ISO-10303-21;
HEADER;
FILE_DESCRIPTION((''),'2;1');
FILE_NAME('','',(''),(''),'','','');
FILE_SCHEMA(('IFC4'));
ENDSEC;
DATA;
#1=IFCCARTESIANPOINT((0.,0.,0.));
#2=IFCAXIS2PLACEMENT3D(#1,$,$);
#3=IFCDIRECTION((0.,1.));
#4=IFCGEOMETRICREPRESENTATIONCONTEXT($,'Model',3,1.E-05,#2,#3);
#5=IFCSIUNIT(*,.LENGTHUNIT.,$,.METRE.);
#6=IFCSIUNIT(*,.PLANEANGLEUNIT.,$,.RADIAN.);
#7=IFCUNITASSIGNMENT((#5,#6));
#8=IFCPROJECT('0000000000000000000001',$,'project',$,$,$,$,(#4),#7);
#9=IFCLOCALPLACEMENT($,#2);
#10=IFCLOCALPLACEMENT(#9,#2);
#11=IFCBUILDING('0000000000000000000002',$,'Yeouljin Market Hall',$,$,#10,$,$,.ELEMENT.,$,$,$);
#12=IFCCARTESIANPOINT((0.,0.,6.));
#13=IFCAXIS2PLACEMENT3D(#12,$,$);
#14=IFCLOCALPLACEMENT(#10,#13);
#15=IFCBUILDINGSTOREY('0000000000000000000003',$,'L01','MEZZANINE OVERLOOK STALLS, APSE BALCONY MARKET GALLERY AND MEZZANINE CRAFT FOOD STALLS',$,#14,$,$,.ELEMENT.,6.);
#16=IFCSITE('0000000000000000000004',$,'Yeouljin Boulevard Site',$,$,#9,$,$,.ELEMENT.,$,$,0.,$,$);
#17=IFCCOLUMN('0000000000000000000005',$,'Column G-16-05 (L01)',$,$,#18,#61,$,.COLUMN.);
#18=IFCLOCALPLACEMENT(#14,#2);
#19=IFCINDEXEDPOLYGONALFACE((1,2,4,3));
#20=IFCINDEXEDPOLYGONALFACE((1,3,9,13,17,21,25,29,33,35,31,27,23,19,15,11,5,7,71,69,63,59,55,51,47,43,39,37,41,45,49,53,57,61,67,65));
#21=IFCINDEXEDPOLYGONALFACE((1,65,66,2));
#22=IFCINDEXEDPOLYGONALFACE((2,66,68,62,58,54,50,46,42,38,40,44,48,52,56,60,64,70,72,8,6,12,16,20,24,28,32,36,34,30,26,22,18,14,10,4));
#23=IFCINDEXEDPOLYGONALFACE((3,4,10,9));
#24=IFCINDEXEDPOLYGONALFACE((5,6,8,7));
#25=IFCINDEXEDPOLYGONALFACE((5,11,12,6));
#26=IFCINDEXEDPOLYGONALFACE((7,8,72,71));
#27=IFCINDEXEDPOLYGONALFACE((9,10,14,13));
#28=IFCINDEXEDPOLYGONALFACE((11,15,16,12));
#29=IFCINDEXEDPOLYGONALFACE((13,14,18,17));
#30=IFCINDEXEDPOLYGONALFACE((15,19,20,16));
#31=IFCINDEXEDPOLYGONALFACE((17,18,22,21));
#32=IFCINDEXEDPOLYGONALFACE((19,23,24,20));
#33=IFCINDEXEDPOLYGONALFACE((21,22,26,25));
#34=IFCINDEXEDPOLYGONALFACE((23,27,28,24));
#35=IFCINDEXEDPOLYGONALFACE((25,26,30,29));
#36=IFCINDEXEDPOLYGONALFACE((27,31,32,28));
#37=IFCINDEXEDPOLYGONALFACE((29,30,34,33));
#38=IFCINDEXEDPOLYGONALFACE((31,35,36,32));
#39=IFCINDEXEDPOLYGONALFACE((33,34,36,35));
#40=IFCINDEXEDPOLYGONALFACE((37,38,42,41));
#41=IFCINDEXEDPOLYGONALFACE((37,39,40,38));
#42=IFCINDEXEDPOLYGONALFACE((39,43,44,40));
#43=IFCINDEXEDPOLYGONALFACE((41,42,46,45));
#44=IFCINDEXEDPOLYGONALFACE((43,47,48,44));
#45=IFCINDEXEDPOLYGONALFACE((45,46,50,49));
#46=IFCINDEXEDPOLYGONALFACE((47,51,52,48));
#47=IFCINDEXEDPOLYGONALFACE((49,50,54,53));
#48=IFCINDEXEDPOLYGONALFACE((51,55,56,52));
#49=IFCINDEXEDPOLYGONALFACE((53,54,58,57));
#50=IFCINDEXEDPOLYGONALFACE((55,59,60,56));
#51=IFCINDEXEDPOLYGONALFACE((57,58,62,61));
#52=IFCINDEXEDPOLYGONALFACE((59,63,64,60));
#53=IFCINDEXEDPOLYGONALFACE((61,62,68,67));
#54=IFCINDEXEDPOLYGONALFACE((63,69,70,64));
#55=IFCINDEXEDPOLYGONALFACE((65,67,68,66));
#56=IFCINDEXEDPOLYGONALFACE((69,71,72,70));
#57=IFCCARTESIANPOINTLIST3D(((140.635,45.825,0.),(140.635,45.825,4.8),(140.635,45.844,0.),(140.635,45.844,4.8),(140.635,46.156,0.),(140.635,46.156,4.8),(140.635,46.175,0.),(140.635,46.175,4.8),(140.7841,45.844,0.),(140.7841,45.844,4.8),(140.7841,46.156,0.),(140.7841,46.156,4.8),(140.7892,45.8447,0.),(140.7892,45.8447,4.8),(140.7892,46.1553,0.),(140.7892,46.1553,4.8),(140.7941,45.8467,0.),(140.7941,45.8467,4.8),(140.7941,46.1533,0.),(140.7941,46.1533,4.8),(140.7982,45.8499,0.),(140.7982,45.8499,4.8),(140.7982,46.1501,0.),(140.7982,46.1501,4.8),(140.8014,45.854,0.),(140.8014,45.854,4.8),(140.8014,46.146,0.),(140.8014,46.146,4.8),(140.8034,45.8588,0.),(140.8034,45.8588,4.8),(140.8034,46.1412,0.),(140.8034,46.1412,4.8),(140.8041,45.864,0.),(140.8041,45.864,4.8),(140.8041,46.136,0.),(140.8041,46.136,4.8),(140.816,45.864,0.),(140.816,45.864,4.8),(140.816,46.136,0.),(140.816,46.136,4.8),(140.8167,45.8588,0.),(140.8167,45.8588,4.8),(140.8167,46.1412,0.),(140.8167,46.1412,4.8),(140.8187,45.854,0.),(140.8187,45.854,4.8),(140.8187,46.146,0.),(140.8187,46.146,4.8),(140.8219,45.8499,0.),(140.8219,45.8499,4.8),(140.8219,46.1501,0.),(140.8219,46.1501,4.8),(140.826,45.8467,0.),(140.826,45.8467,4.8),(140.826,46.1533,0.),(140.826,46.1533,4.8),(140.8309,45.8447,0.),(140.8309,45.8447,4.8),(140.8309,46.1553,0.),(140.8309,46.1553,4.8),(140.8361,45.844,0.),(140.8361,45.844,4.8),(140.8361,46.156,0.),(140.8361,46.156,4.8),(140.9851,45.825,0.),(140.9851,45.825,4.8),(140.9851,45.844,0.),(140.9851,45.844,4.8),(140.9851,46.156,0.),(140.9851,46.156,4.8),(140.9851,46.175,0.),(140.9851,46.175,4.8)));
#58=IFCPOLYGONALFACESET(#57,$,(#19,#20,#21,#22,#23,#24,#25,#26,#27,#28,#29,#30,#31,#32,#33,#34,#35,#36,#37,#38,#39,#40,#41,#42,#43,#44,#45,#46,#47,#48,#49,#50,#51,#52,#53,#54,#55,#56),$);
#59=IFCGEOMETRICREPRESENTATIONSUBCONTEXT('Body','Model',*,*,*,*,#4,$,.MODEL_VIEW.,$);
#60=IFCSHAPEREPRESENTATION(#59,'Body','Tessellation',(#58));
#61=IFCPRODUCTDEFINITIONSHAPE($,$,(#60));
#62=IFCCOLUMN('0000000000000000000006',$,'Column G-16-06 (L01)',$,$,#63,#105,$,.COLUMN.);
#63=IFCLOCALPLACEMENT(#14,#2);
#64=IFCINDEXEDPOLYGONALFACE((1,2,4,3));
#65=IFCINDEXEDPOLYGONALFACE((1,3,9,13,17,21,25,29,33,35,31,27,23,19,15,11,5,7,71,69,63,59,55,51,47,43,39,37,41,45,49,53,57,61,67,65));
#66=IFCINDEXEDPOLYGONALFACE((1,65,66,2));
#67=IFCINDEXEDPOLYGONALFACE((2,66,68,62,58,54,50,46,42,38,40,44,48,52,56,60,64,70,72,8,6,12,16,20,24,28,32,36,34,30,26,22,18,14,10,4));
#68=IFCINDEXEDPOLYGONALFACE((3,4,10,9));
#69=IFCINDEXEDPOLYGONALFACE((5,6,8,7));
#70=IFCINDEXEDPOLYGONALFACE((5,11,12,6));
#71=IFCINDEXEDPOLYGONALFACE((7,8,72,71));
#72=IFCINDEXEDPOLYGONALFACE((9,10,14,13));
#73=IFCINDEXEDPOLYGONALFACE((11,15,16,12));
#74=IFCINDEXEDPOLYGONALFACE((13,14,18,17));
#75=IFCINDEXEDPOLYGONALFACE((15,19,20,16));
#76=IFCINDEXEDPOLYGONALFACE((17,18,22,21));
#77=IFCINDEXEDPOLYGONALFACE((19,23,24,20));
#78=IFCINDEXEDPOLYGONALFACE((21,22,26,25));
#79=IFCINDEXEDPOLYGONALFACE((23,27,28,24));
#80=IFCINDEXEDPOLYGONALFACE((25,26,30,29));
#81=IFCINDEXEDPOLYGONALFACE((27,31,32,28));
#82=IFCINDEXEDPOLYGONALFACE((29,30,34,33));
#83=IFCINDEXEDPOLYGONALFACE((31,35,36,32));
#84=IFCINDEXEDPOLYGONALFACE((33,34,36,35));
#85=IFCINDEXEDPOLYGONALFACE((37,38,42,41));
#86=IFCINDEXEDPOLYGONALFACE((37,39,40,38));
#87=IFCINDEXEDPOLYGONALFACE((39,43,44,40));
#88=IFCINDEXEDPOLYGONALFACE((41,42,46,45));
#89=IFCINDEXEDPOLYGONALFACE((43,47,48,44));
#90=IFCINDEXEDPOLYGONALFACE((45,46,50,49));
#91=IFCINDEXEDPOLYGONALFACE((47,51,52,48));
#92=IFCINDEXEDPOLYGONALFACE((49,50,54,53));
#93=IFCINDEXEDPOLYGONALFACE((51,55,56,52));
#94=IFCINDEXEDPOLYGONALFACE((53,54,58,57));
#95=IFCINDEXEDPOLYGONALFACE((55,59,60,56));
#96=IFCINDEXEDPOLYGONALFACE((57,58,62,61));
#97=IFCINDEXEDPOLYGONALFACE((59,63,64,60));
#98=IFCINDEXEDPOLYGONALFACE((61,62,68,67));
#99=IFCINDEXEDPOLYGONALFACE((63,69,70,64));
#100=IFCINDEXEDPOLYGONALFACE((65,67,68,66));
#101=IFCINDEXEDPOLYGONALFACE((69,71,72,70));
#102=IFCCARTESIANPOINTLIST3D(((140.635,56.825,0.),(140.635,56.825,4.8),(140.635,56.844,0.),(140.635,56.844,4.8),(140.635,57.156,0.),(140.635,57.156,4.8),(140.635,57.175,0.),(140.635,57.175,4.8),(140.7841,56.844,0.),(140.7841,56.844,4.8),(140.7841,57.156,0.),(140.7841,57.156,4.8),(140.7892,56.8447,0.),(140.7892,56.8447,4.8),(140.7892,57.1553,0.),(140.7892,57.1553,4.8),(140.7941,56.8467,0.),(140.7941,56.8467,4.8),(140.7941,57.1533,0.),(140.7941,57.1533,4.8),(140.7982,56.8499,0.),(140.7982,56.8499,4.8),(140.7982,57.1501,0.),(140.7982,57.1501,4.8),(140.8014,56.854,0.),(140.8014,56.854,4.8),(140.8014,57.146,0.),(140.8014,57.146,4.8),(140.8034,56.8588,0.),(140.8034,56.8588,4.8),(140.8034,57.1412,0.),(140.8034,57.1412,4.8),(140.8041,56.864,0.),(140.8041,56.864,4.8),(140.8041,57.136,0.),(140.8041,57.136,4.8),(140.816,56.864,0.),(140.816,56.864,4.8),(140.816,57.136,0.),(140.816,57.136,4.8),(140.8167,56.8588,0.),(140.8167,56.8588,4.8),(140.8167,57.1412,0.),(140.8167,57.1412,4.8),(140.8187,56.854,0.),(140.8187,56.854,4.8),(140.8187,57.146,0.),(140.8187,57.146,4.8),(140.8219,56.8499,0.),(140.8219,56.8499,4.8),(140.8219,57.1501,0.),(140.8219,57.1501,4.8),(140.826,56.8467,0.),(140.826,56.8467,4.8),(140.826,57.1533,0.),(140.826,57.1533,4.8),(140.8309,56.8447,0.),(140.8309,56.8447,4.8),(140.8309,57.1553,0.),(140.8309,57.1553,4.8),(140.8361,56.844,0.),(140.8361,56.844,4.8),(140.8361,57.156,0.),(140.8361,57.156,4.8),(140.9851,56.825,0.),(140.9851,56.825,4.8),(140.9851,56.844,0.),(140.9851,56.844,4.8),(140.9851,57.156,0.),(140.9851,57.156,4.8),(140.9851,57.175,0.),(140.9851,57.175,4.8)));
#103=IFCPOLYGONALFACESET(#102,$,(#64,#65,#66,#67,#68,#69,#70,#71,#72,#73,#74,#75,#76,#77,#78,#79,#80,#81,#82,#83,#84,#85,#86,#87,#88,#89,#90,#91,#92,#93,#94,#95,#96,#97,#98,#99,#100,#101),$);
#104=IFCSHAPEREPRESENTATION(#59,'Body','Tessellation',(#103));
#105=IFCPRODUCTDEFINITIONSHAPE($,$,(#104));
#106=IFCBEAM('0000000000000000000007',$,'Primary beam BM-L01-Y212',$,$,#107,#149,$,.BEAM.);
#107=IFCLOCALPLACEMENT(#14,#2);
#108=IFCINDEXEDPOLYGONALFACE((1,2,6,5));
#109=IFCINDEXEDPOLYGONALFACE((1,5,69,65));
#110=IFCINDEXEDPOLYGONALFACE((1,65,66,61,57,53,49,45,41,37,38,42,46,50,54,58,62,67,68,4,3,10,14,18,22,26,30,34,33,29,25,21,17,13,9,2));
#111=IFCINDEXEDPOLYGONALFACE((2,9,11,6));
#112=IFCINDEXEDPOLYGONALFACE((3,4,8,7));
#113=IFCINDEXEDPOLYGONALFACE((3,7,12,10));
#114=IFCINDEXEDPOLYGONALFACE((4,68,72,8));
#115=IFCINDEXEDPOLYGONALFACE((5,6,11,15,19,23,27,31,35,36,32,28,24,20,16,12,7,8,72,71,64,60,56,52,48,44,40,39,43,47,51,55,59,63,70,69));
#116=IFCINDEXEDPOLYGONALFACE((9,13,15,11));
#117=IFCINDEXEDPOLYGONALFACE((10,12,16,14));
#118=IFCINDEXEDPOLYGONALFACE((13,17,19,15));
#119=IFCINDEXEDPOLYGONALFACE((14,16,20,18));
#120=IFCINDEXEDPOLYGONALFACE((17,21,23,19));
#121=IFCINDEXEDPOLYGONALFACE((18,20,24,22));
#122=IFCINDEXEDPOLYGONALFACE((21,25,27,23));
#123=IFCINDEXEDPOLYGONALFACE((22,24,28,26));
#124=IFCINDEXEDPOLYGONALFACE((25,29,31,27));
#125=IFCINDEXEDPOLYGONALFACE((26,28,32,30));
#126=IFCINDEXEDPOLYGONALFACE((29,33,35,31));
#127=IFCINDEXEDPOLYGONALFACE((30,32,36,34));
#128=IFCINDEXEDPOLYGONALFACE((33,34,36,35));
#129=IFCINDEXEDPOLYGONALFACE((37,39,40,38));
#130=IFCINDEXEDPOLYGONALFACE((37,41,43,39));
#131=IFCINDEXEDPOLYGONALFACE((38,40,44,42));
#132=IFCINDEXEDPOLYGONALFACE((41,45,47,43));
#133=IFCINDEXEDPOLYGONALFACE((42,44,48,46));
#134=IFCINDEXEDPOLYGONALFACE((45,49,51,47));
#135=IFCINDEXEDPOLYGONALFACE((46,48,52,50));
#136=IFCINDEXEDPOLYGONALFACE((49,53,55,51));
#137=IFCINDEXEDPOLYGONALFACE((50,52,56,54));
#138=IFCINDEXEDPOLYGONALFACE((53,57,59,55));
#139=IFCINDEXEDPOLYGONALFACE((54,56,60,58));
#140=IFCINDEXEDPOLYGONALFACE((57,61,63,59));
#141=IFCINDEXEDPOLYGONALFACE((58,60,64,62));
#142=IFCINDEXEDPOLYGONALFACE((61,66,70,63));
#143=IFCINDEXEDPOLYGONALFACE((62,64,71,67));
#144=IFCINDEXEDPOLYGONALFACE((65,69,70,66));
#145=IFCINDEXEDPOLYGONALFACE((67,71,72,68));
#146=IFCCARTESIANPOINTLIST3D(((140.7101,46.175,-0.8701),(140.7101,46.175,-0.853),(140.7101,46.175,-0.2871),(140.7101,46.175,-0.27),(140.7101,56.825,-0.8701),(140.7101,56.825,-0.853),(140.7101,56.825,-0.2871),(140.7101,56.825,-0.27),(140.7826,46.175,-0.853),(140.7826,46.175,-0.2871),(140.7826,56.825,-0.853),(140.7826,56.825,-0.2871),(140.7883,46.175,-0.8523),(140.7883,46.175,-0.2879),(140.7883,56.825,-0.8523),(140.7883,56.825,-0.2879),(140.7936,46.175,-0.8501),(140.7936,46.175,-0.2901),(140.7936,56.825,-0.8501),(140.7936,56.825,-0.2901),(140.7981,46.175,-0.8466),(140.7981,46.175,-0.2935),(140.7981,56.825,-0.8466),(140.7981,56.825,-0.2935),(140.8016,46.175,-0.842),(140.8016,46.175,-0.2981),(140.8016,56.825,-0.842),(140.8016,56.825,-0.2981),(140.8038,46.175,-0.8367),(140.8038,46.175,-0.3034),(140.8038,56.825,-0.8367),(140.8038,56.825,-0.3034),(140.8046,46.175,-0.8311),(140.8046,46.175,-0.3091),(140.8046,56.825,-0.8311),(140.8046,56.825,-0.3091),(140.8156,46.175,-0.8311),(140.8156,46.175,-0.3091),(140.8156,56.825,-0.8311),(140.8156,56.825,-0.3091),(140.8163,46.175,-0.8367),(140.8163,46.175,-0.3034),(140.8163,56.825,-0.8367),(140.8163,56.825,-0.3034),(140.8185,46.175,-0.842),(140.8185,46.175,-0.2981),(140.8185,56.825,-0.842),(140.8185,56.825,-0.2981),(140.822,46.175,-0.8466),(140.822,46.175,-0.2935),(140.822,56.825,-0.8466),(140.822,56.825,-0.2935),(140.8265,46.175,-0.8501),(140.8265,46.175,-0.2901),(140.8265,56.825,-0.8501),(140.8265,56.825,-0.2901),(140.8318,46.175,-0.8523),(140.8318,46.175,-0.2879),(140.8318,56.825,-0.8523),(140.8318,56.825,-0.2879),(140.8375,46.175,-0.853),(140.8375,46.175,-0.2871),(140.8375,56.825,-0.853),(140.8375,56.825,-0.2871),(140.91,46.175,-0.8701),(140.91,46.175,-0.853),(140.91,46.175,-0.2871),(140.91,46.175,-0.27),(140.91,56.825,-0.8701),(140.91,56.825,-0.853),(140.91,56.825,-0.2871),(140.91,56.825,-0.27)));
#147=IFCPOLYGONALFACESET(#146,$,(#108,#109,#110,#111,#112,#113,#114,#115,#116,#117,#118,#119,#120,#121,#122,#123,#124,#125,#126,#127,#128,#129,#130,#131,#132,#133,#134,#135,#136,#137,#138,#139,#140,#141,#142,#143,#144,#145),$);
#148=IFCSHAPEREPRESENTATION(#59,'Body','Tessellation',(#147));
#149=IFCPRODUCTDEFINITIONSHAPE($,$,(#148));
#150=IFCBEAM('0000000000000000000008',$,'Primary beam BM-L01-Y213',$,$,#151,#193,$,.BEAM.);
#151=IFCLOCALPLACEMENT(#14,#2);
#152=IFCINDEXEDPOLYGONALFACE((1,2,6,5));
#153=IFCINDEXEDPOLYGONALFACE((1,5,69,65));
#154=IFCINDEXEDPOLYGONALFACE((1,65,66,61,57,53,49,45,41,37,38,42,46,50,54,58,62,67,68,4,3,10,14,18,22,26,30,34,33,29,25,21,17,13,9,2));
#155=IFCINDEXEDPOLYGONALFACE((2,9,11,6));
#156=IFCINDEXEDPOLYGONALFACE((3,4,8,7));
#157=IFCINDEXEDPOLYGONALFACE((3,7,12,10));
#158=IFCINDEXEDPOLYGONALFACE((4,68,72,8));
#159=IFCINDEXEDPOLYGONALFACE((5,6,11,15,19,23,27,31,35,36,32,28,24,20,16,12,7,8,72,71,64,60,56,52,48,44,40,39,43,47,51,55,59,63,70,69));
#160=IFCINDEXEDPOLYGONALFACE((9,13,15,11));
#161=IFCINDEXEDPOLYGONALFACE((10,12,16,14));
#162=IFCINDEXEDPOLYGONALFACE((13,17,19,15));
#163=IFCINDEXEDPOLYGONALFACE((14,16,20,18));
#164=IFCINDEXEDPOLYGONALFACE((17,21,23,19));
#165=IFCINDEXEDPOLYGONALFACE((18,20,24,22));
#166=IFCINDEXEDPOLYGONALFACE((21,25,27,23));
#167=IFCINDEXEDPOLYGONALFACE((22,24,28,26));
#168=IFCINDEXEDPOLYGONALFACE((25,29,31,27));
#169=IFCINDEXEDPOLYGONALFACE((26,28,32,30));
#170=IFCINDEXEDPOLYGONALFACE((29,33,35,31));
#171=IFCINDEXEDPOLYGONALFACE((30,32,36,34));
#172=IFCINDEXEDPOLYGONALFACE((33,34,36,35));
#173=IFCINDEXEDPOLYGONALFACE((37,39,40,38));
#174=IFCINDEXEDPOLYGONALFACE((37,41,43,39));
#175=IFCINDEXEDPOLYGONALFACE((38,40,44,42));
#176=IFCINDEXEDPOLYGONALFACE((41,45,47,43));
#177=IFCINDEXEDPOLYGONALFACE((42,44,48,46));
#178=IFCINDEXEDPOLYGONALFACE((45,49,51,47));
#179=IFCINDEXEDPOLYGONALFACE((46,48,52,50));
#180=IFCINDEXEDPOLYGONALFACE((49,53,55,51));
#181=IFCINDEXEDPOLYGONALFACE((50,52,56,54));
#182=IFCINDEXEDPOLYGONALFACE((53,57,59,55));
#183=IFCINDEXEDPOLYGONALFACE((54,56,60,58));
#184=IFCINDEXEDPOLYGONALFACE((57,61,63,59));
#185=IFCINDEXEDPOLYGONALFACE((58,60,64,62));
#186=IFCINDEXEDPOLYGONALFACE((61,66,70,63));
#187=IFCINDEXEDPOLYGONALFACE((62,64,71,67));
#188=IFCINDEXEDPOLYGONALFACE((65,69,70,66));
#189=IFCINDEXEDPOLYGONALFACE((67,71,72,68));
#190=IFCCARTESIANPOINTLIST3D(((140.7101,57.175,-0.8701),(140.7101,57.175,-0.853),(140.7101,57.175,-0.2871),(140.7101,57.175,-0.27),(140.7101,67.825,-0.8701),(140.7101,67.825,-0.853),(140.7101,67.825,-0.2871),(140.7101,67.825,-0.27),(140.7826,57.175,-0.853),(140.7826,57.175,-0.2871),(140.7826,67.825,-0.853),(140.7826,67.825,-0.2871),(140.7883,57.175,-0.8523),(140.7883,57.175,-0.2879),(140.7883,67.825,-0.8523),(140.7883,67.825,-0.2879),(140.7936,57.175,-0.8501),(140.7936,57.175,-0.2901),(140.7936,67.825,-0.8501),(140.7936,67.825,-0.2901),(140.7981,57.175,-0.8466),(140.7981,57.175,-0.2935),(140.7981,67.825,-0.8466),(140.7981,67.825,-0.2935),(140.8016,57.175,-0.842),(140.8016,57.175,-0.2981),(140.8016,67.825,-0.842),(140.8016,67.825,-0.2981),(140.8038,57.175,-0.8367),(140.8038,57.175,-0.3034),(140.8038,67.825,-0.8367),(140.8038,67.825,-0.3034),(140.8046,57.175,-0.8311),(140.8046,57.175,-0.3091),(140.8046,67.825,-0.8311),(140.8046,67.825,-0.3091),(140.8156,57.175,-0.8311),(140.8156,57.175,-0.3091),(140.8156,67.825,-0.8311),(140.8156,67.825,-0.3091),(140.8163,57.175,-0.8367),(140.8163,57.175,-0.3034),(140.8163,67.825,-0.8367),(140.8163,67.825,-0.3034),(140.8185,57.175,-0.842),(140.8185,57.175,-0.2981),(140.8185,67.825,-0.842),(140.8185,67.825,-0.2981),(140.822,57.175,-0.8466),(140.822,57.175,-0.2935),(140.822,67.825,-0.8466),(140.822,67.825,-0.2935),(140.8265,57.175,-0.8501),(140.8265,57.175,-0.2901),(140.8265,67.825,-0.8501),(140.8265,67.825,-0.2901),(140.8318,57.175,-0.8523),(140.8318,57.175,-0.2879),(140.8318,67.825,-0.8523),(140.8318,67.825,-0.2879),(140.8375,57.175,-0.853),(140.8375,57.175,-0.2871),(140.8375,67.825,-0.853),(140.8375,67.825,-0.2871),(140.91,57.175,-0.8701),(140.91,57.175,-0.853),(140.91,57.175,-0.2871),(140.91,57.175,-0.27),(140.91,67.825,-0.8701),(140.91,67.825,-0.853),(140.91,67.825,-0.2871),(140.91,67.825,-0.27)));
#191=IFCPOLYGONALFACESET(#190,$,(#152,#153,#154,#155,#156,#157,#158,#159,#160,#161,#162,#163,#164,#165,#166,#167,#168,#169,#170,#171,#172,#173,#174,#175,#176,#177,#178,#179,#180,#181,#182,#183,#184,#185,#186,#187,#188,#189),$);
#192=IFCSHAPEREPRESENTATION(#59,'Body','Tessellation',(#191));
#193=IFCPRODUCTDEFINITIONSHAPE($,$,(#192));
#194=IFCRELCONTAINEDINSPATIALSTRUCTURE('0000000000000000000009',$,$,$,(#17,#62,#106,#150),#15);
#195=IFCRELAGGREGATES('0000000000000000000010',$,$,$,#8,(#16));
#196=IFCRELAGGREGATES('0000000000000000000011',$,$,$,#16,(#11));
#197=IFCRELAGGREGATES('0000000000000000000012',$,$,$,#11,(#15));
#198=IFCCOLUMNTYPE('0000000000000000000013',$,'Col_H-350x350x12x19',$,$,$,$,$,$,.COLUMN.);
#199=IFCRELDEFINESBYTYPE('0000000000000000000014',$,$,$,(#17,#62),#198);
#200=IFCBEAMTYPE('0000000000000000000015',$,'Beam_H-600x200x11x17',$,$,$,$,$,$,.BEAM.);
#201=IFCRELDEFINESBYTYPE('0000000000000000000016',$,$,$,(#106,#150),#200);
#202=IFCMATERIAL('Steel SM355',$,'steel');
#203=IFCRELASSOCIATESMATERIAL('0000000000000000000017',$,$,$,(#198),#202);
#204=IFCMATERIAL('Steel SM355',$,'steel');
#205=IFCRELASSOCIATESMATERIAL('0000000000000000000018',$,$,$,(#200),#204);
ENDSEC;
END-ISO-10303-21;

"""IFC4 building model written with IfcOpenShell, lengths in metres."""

from ifc_helpers import new_model, si_unit, direction, frame, origin, origin_2d, place, context, subcontext, project, spatial, i_section, extrude, material, material_profile, profile_set, type_object, element, save


model = new_model("IFC4")

# Units and contexts
model_context = context("Model", 3, precision=1e-05, world=origin(), true_north=direction((0.0, 1.0)))
body_context = subcontext(model_context, "Body", "Model", "MODEL_VIEW")
ifc_project = project(units=[si_unit("LENGTHUNIT", "METRE"), si_unit("PLANEANGLEUNIT", "RADIAN")], contexts=[model_context])

# Site, building, storey
site_placement = place(None, origin())
site = spatial("IfcSite", under=ifc_project, at=site_placement, Name="Yeouljin Boulevard Site", CompositionType="ELEMENT", RefElevation=0.0)
building_placement = place(site_placement, origin())
building = spatial("IfcBuilding", under=site, at=building_placement, Name="Yeouljin Market Hall", CompositionType="ELEMENT")
storey_placement = place(building_placement, frame((0.0, 0.0, 6.0)))
storey = spatial("IfcBuildingStorey", under=building, at=storey_placement, Name="L01", Description="MEZZANINE OVERLOOK STALLS, APSE BALCONY MARKET GALLERY AND MEZZANINE CRAFT FOOD STALLS", CompositionType="ELEMENT", Elevation=6.0)

# Columns
ifc_material_1 = material(Name="Steel SM355", Category="steel")
ifc_material_profile_1 = material_profile(ifc_material_1, i_section(OverallWidth=0.3501, OverallDepth=0.3501, WebThickness=0.012, FlangeThickness=0.019, FilletRadius=0.02, at=origin_2d()), Name="H-350x350x12x19")
ifc_profile_set_1 = profile_set([ifc_material_profile_1], Name="Steel SM355")
column_type = type_object("IfcColumnType", Name="Col_H-350x350x12x19", PredefinedType="COLUMN", material=ifc_profile_set_1)
for number, where, z_axis, x_axis, name in (
    (1, (140.8101, 46.0, 0.0), (0.0, 0.0, 1.0), (1.0, 0.0, 0.0), "Column G-16-05 (L01)"),
    (2, (140.8101, 57.0, 0.0), (0.0, 0.0, 1.0), (1.0, 0.0, 0.0), "Column G-16-06 (L01)"),
):
    element("IfcColumn", number, at=place(storey_placement, frame(where, z_axis=z_axis, x_axis=x_axis)), inside=storey, type_object=column_type, Name=name, PredefinedType="COLUMN", context=body_context, shape_type="SweptSolid", body=[
        extrude(i_section(OverallWidth=0.3501, OverallDepth=0.3501, WebThickness=0.012, FlangeThickness=0.019, FilletRadius=0.02, at=origin_2d()), origin(), (0.0, 0.0, 1.0), 4.8),
    ])

# Beams
ifc_material_2 = material(Name="Steel SM355", Category="steel")
ifc_material_profile_2 = material_profile(ifc_material_2, i_section(OverallWidth=0.2, OverallDepth=0.6001, WebThickness=0.011, FlangeThickness=0.0171, FilletRadius=0.022, at=origin_2d()), Name="H-600x200x11x17")
ifc_profile_set_2 = profile_set([ifc_material_profile_2], Name="Steel SM355")
beam_type = type_object("IfcBeamType", Name="Beam_H-600x200x11x17", PredefinedType="BEAM", material=ifc_profile_set_2)
for number, where, z_axis, x_axis, name in (
    (3, (140.8101, 46.175, -0.5701), (0.0, 1.0, 0.0), (-1.0, 0.0, 0.0), "Primary beam BM-L01-Y212"),
    (4, (140.8101, 57.175, -0.5701), (0.0, 1.0, 0.0), (-1.0, 0.0, 0.0), "Primary beam BM-L01-Y213"),
):
    element("IfcBeam", number, at=place(storey_placement, frame(where, z_axis=z_axis, x_axis=x_axis)), inside=storey, type_object=beam_type, Name=name, PredefinedType="BEAM", context=body_context, shape_type="SweptSolid", body=[
        extrude(i_section(OverallWidth=0.2, OverallDepth=0.6001, WebThickness=0.011, FlangeThickness=0.0171, FilletRadius=0.022, at=origin_2d()), origin(), (0.0, 0.0, 1.0), 10.6499),
    ])

save(model, "model.ifc")
